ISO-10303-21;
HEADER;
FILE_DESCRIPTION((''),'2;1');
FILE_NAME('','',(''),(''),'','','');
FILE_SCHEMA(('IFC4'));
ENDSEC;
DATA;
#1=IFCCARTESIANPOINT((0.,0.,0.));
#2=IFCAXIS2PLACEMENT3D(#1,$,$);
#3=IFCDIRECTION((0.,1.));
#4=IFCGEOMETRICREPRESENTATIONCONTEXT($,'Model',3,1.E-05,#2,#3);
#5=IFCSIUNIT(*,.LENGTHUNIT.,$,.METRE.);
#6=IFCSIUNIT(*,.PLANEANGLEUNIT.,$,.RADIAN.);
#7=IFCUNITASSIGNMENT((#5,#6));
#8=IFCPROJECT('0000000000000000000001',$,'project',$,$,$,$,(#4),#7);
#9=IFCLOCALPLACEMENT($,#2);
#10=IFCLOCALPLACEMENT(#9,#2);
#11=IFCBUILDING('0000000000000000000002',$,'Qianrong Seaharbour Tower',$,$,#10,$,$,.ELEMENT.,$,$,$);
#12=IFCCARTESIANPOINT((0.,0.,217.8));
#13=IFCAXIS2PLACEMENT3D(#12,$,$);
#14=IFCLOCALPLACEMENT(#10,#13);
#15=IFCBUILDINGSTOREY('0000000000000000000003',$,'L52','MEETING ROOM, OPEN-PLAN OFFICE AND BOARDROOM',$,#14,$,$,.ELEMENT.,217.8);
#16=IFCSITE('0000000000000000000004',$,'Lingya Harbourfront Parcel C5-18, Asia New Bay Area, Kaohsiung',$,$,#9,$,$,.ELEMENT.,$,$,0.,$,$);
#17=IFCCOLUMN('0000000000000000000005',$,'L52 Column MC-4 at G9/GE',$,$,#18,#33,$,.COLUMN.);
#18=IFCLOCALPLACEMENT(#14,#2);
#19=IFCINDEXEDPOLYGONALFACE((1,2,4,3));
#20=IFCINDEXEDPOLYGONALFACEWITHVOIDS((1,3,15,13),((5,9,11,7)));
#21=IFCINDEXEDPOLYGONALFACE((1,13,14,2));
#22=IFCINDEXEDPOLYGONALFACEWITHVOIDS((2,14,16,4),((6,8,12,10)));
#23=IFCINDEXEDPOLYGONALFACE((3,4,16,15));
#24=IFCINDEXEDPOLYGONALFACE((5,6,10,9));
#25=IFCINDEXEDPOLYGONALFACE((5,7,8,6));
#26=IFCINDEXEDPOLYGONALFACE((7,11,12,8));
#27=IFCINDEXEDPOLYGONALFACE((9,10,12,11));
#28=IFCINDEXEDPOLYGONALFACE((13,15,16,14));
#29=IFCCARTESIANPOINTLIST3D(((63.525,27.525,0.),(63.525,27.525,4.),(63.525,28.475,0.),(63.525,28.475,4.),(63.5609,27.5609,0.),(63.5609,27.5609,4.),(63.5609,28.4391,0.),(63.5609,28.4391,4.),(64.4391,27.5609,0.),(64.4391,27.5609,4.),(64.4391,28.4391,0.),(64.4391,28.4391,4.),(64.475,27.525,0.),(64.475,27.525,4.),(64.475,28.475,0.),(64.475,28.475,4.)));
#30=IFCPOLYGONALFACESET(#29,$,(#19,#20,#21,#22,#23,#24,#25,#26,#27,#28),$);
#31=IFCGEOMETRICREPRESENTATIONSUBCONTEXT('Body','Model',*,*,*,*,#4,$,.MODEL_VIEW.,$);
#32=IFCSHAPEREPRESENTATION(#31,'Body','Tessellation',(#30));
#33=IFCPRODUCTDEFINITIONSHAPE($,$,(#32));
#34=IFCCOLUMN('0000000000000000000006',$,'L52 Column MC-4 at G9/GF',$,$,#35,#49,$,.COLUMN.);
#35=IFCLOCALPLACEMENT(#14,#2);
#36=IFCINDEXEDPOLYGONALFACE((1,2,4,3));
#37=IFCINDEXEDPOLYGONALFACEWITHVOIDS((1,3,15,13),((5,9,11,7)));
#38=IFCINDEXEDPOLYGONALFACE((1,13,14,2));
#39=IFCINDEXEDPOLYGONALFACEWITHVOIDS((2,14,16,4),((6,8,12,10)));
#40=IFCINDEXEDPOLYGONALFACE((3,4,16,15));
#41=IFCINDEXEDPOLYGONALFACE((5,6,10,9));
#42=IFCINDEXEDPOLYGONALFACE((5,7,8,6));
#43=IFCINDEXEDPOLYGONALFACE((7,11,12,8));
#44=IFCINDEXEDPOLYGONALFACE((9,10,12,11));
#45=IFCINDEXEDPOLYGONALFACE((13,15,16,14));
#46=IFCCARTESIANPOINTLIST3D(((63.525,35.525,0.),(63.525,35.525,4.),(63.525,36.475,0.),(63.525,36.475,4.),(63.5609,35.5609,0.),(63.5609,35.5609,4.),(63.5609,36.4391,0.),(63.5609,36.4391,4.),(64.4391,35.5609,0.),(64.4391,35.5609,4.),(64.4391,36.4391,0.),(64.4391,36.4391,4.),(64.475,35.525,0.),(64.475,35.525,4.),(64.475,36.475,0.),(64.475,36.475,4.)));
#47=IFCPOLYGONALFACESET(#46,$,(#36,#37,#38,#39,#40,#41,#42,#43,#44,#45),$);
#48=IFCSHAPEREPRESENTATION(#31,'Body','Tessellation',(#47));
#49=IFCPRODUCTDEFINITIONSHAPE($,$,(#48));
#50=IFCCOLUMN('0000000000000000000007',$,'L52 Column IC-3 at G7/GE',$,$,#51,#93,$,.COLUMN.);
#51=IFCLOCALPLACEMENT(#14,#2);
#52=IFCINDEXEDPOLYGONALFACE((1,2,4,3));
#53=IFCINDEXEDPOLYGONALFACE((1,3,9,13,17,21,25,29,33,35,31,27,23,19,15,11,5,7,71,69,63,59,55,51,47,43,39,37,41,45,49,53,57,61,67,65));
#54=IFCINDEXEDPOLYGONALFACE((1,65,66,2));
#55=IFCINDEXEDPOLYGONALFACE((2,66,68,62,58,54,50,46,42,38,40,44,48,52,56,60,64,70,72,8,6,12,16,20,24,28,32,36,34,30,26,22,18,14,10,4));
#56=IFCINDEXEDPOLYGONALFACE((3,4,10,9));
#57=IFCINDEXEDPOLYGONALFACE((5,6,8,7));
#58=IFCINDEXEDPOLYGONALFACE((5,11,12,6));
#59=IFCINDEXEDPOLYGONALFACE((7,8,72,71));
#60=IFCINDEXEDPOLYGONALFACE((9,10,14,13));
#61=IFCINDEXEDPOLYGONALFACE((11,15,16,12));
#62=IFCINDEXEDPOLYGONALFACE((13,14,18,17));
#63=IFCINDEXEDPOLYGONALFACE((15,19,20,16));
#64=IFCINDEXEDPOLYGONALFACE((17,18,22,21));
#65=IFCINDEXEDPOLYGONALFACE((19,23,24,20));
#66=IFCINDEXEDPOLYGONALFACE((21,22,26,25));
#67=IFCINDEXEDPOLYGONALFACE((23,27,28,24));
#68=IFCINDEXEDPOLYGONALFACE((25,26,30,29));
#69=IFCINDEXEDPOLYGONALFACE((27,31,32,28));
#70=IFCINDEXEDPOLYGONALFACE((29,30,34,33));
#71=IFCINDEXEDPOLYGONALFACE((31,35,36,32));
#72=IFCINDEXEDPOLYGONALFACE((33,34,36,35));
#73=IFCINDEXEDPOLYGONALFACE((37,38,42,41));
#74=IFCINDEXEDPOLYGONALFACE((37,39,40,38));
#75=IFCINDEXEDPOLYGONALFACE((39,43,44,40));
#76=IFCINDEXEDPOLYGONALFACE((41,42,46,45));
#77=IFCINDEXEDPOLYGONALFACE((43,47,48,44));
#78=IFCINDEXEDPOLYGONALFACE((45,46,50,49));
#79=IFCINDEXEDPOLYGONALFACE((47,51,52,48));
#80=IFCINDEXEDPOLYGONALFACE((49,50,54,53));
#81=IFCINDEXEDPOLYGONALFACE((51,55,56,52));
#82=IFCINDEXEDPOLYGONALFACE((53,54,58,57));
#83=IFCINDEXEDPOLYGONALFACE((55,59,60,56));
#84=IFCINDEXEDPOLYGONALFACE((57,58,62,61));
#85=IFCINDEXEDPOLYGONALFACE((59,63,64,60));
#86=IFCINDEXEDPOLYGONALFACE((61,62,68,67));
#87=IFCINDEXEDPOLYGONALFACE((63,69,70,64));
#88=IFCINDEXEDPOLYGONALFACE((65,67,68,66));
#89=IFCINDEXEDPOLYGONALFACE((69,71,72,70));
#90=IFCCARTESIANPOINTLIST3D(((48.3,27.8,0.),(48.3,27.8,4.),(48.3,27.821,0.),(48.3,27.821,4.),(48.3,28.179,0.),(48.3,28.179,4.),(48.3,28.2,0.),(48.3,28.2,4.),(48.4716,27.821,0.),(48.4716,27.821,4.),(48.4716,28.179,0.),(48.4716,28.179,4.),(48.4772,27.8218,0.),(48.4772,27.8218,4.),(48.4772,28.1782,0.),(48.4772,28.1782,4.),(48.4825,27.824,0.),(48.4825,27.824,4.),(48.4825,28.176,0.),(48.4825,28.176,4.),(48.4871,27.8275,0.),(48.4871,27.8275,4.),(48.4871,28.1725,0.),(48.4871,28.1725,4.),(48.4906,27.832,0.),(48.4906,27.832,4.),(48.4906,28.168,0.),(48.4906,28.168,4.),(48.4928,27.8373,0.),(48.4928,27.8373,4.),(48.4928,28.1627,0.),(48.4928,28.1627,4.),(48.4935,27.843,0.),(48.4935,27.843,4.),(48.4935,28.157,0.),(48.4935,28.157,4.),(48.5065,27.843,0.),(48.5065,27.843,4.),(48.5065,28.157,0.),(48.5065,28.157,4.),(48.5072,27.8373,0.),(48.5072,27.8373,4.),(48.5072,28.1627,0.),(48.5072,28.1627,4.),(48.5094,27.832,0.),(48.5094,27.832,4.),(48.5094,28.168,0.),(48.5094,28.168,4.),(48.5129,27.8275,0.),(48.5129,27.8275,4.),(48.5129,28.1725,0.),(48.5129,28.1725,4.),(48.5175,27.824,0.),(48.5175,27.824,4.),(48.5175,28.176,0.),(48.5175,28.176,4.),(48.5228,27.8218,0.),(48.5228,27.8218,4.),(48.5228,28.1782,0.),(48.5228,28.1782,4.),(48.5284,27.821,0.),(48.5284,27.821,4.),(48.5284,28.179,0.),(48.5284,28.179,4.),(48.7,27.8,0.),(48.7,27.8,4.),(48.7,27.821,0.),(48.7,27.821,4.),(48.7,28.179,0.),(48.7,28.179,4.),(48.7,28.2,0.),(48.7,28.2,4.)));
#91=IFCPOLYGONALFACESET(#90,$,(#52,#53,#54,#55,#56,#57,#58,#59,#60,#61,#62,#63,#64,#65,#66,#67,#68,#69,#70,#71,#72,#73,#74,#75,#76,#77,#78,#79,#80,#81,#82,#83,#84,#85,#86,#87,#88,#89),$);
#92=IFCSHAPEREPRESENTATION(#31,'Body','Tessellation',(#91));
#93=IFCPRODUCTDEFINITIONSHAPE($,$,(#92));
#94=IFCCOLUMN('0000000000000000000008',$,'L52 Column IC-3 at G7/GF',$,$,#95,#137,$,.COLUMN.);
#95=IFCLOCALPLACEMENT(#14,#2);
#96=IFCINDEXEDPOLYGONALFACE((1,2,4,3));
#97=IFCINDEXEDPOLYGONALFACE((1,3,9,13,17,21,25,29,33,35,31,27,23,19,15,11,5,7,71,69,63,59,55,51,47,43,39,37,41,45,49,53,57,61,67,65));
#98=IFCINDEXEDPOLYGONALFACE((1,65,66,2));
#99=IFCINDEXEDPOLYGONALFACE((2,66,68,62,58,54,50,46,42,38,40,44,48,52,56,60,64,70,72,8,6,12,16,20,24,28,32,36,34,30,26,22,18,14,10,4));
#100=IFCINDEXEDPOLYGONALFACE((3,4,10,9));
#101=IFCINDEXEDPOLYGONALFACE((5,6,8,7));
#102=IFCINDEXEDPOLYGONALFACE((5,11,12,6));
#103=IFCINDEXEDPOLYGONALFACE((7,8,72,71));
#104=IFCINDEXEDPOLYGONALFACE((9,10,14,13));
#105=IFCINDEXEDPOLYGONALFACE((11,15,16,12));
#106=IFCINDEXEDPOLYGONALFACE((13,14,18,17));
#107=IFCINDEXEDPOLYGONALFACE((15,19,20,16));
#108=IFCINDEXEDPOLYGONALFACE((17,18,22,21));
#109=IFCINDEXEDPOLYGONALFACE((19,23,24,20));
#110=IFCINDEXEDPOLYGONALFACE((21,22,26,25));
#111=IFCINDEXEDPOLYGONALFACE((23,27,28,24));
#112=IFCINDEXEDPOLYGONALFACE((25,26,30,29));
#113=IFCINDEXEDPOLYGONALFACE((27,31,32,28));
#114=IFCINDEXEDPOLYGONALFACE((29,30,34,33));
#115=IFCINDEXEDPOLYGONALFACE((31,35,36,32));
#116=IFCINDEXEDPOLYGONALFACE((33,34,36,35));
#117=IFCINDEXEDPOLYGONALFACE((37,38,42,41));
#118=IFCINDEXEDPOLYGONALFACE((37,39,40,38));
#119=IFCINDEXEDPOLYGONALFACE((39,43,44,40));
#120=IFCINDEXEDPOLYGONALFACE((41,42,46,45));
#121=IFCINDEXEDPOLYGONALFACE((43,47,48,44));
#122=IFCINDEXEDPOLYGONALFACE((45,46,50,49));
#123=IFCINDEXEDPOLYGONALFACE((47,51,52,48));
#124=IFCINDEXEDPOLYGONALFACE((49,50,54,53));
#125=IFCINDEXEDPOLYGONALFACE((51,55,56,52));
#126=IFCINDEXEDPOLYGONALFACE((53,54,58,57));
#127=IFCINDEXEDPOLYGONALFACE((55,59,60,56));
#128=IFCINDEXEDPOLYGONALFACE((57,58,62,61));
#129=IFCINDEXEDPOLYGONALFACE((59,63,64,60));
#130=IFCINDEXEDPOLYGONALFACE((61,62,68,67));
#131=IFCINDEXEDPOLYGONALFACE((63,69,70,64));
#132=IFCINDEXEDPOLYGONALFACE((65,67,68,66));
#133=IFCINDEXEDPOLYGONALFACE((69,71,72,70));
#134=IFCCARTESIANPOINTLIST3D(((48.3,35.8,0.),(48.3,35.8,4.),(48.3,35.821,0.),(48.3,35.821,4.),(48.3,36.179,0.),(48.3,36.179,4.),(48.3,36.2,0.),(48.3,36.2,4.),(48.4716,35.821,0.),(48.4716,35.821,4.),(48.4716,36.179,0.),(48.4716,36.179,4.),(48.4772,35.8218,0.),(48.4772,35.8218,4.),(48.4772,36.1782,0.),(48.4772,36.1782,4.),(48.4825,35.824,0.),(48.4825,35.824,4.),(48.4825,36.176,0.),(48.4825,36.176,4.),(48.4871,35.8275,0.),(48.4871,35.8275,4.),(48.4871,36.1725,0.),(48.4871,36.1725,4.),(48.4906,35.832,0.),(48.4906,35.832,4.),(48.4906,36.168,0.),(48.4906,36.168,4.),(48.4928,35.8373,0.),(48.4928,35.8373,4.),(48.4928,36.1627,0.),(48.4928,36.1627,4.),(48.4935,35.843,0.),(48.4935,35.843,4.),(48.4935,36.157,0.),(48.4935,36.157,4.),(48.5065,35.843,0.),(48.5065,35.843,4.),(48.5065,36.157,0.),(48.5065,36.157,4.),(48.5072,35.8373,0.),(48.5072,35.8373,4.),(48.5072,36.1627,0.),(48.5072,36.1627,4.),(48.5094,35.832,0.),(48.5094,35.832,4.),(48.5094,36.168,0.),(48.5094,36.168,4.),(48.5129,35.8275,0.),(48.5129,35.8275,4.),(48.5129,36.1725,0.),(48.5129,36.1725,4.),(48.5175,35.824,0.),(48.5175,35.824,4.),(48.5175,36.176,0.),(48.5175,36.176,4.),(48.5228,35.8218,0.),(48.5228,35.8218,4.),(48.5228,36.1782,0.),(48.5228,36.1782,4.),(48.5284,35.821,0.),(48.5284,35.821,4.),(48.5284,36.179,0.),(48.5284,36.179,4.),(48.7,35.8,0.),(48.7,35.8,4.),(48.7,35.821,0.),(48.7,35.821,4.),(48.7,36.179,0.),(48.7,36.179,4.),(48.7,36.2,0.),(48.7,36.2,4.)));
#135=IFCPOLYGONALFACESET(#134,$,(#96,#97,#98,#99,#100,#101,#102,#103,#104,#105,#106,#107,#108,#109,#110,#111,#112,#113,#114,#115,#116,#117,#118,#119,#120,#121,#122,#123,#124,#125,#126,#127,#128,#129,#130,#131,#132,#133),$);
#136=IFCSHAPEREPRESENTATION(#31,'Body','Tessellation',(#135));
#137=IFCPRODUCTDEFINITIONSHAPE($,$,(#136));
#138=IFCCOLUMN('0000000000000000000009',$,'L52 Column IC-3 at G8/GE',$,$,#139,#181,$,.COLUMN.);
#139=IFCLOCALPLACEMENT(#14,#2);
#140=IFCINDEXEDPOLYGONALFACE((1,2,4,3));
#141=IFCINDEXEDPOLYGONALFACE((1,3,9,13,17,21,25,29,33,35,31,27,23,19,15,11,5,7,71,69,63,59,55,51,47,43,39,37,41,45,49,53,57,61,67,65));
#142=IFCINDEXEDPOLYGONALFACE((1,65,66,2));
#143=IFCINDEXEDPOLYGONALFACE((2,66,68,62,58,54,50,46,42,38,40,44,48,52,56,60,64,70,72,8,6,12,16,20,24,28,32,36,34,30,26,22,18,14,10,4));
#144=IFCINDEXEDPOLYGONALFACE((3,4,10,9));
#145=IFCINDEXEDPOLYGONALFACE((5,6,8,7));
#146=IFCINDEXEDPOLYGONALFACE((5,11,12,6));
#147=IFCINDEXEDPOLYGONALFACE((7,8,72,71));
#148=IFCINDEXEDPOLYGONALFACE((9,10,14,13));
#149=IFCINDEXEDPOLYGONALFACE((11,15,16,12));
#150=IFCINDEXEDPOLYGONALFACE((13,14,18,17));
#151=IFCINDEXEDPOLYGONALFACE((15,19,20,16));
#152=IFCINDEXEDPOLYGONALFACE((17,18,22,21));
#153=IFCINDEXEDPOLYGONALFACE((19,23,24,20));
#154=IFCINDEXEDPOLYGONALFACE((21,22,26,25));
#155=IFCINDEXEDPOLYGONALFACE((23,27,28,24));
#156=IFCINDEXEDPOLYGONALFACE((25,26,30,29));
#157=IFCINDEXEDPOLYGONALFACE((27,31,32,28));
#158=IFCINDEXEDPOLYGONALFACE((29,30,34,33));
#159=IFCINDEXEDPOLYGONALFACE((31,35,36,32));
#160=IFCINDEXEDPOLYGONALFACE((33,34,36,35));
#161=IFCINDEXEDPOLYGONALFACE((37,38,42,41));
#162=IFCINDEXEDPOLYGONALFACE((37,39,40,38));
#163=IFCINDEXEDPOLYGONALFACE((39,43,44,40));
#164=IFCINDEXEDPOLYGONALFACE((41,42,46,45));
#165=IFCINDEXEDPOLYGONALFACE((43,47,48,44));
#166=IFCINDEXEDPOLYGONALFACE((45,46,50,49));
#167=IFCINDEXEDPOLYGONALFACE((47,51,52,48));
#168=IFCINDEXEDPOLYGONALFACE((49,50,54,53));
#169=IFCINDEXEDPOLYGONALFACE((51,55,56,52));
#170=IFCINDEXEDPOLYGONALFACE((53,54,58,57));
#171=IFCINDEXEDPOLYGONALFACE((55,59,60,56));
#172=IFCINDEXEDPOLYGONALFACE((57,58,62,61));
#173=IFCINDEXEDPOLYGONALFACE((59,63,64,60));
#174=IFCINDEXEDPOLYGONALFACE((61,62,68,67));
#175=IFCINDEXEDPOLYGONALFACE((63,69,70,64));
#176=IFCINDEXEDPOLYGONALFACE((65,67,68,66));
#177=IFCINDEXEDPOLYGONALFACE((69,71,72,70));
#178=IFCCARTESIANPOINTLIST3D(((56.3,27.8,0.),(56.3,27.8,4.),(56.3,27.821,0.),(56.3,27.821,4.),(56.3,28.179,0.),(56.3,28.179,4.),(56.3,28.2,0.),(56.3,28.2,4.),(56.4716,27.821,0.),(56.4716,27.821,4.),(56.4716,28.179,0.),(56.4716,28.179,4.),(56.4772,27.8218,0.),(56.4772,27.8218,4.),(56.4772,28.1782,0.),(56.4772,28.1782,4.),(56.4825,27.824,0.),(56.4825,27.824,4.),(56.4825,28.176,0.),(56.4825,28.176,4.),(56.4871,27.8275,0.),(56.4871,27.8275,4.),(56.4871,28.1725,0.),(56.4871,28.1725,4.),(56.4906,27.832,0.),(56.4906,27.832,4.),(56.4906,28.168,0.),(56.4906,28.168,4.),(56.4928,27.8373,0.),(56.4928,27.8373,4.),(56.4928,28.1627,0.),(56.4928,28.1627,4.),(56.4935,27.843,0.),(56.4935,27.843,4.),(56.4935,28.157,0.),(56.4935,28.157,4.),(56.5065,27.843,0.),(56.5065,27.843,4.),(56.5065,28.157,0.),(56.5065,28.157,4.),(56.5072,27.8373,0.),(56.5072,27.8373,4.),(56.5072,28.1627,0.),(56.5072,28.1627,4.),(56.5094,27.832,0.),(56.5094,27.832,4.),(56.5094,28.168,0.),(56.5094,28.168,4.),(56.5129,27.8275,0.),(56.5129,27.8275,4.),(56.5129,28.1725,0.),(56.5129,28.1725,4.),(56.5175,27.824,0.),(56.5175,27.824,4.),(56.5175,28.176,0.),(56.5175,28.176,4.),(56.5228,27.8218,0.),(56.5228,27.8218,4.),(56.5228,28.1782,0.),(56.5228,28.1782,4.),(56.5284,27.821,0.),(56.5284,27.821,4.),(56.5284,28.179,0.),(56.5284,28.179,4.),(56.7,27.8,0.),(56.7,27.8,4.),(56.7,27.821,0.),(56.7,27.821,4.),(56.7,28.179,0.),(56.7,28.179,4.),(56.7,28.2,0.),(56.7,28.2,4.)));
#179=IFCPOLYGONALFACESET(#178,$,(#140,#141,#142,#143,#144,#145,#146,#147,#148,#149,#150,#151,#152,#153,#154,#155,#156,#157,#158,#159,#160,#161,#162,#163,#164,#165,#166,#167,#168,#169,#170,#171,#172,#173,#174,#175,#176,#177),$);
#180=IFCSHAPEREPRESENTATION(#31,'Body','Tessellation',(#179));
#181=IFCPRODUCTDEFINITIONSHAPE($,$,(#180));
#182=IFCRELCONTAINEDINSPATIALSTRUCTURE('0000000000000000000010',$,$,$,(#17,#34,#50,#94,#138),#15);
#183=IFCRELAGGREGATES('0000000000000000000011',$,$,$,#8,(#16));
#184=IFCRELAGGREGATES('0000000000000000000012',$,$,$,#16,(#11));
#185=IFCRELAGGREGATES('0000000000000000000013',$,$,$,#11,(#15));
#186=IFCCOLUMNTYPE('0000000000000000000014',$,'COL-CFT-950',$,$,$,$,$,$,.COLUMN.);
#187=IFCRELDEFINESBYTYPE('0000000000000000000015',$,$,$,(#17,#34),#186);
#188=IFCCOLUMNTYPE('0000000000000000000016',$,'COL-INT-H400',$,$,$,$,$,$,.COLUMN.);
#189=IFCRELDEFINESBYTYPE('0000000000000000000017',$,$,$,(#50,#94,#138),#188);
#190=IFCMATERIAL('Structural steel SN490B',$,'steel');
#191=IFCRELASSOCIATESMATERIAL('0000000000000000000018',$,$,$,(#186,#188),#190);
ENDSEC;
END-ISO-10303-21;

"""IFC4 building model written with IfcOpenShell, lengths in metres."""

from ifc_helpers import new_model, si_unit, direction, frame, origin, origin_2d, place, context, subcontext, project, spatial, hollow_rectangle, i_section, extrude, material, material_profile, profile_set, type_object, element, save


model = new_model("IFC4")

# Units and contexts
model_context = context("Model", 3, precision=1e-05, world=origin(), true_north=direction((0.0, 1.0)))
body_context = subcontext(model_context, "Body", "Model", "MODEL_VIEW")
ifc_project = project(units=[si_unit("LENGTHUNIT", "METRE"), si_unit("PLANEANGLEUNIT", "RADIAN")], contexts=[model_context])

# Site, building, storey
site_placement = place(None, origin())
site = spatial("IfcSite", under=ifc_project, at=site_placement, Name="Lingya Harbourfront Parcel C5-18, Asia New Bay Area, Kaohsiung", CompositionType="ELEMENT", RefElevation=0.0)
building_placement = place(site_placement, origin())
building = spatial("IfcBuilding", under=site, at=building_placement, Name="Qianrong Seaharbour Tower", CompositionType="ELEMENT")
storey_placement = place(building_placement, frame((0.0, 0.0, 217.8)))
storey = spatial("IfcBuildingStorey", under=building, at=storey_placement, Name="L52", Description="MEETING ROOM, OPEN-PLAN OFFICE AND BOARDROOM", CompositionType="ELEMENT", Elevation=217.8)

# Columns
ifc_material_1 = material(Name="Structural steel SN490B", Category="steel")
ifc_material_profile_1 = material_profile(ifc_material_1, hollow_rectangle(XDim=0.95, YDim=0.95, WallThickness=0.0359, at=origin_2d()), Name="BOX950x950x36")
ifc_profile_set_1 = profile_set([ifc_material_profile_1], Name="Structural steel SN490B")
column_type_1 = type_object("IfcColumnType", Name="COL-CFT-950", PredefinedType="COLUMN", material=ifc_profile_set_1)
for number, where, z_axis, x_axis, name in (
    (1, (64.0, 28.0, 0.0), (0.0, 0.0, 1.0), (1.0, 0.0, 0.0), "L52 Column MC-4 at G9/GE"),
    (2, (64.0, 36.0, 0.0), (0.0, 0.0, 1.0), (1.0, 0.0, 0.0), "L52 Column MC-4 at G9/GF"),
):
    element("IfcColumn", number, at=place(storey_placement, frame(where, z_axis=z_axis, x_axis=x_axis)), inside=storey, type_object=column_type_1, Name=name, PredefinedType="COLUMN", context=body_context, shape_type="SweptSolid", body=[
        extrude(hollow_rectangle(XDim=0.95, YDim=0.95, WallThickness=0.0359, at=origin_2d()), origin(), (0.0, 0.0, 1.0), 4.0),
    ])
ifc_material_profile_2 = material_profile(ifc_material_1, i_section(OverallWidth=0.3999, OverallDepth=0.3999, WebThickness=0.0129, FlangeThickness=0.021, FilletRadius=0.022, at=origin_2d()), Name="H400x400x13x21")
ifc_profile_set_2 = profile_set([ifc_material_profile_2], Name="Structural steel SN490B")
column_type_2 = type_object("IfcColumnType", Name="COL-INT-H400", PredefinedType="COLUMN", material=ifc_profile_set_2)
for number, where, z_axis, x_axis, name in (
    (3, (48.5, 28.0, 0.0), (0.0, 0.0, 1.0), (1.0, 0.0, 0.0), "L52 Column IC-3 at G7/GE"),
    (4, (48.5, 36.0, 0.0), (0.0, 0.0, 1.0), (1.0, 0.0, 0.0), "L52 Column IC-3 at G7/GF"),
    (5, (56.5, 28.0, 0.0), (0.0, 0.0, 1.0), (1.0, 0.0, 0.0), "L52 Column IC-3 at G8/GE"),
):
    element("IfcColumn", number, at=place(storey_placement, frame(where, z_axis=z_axis, x_axis=x_axis)), inside=storey, type_object=column_type_2, Name=name, PredefinedType="COLUMN", context=body_context, shape_type="SweptSolid", body=[
        extrude(i_section(OverallWidth=0.3999, OverallDepth=0.3999, WebThickness=0.0129, FlangeThickness=0.021, FilletRadius=0.022, at=origin_2d()), origin(), (0.0, 0.0, 1.0), 4.0),
    ])

save(model, "model.ifc")
